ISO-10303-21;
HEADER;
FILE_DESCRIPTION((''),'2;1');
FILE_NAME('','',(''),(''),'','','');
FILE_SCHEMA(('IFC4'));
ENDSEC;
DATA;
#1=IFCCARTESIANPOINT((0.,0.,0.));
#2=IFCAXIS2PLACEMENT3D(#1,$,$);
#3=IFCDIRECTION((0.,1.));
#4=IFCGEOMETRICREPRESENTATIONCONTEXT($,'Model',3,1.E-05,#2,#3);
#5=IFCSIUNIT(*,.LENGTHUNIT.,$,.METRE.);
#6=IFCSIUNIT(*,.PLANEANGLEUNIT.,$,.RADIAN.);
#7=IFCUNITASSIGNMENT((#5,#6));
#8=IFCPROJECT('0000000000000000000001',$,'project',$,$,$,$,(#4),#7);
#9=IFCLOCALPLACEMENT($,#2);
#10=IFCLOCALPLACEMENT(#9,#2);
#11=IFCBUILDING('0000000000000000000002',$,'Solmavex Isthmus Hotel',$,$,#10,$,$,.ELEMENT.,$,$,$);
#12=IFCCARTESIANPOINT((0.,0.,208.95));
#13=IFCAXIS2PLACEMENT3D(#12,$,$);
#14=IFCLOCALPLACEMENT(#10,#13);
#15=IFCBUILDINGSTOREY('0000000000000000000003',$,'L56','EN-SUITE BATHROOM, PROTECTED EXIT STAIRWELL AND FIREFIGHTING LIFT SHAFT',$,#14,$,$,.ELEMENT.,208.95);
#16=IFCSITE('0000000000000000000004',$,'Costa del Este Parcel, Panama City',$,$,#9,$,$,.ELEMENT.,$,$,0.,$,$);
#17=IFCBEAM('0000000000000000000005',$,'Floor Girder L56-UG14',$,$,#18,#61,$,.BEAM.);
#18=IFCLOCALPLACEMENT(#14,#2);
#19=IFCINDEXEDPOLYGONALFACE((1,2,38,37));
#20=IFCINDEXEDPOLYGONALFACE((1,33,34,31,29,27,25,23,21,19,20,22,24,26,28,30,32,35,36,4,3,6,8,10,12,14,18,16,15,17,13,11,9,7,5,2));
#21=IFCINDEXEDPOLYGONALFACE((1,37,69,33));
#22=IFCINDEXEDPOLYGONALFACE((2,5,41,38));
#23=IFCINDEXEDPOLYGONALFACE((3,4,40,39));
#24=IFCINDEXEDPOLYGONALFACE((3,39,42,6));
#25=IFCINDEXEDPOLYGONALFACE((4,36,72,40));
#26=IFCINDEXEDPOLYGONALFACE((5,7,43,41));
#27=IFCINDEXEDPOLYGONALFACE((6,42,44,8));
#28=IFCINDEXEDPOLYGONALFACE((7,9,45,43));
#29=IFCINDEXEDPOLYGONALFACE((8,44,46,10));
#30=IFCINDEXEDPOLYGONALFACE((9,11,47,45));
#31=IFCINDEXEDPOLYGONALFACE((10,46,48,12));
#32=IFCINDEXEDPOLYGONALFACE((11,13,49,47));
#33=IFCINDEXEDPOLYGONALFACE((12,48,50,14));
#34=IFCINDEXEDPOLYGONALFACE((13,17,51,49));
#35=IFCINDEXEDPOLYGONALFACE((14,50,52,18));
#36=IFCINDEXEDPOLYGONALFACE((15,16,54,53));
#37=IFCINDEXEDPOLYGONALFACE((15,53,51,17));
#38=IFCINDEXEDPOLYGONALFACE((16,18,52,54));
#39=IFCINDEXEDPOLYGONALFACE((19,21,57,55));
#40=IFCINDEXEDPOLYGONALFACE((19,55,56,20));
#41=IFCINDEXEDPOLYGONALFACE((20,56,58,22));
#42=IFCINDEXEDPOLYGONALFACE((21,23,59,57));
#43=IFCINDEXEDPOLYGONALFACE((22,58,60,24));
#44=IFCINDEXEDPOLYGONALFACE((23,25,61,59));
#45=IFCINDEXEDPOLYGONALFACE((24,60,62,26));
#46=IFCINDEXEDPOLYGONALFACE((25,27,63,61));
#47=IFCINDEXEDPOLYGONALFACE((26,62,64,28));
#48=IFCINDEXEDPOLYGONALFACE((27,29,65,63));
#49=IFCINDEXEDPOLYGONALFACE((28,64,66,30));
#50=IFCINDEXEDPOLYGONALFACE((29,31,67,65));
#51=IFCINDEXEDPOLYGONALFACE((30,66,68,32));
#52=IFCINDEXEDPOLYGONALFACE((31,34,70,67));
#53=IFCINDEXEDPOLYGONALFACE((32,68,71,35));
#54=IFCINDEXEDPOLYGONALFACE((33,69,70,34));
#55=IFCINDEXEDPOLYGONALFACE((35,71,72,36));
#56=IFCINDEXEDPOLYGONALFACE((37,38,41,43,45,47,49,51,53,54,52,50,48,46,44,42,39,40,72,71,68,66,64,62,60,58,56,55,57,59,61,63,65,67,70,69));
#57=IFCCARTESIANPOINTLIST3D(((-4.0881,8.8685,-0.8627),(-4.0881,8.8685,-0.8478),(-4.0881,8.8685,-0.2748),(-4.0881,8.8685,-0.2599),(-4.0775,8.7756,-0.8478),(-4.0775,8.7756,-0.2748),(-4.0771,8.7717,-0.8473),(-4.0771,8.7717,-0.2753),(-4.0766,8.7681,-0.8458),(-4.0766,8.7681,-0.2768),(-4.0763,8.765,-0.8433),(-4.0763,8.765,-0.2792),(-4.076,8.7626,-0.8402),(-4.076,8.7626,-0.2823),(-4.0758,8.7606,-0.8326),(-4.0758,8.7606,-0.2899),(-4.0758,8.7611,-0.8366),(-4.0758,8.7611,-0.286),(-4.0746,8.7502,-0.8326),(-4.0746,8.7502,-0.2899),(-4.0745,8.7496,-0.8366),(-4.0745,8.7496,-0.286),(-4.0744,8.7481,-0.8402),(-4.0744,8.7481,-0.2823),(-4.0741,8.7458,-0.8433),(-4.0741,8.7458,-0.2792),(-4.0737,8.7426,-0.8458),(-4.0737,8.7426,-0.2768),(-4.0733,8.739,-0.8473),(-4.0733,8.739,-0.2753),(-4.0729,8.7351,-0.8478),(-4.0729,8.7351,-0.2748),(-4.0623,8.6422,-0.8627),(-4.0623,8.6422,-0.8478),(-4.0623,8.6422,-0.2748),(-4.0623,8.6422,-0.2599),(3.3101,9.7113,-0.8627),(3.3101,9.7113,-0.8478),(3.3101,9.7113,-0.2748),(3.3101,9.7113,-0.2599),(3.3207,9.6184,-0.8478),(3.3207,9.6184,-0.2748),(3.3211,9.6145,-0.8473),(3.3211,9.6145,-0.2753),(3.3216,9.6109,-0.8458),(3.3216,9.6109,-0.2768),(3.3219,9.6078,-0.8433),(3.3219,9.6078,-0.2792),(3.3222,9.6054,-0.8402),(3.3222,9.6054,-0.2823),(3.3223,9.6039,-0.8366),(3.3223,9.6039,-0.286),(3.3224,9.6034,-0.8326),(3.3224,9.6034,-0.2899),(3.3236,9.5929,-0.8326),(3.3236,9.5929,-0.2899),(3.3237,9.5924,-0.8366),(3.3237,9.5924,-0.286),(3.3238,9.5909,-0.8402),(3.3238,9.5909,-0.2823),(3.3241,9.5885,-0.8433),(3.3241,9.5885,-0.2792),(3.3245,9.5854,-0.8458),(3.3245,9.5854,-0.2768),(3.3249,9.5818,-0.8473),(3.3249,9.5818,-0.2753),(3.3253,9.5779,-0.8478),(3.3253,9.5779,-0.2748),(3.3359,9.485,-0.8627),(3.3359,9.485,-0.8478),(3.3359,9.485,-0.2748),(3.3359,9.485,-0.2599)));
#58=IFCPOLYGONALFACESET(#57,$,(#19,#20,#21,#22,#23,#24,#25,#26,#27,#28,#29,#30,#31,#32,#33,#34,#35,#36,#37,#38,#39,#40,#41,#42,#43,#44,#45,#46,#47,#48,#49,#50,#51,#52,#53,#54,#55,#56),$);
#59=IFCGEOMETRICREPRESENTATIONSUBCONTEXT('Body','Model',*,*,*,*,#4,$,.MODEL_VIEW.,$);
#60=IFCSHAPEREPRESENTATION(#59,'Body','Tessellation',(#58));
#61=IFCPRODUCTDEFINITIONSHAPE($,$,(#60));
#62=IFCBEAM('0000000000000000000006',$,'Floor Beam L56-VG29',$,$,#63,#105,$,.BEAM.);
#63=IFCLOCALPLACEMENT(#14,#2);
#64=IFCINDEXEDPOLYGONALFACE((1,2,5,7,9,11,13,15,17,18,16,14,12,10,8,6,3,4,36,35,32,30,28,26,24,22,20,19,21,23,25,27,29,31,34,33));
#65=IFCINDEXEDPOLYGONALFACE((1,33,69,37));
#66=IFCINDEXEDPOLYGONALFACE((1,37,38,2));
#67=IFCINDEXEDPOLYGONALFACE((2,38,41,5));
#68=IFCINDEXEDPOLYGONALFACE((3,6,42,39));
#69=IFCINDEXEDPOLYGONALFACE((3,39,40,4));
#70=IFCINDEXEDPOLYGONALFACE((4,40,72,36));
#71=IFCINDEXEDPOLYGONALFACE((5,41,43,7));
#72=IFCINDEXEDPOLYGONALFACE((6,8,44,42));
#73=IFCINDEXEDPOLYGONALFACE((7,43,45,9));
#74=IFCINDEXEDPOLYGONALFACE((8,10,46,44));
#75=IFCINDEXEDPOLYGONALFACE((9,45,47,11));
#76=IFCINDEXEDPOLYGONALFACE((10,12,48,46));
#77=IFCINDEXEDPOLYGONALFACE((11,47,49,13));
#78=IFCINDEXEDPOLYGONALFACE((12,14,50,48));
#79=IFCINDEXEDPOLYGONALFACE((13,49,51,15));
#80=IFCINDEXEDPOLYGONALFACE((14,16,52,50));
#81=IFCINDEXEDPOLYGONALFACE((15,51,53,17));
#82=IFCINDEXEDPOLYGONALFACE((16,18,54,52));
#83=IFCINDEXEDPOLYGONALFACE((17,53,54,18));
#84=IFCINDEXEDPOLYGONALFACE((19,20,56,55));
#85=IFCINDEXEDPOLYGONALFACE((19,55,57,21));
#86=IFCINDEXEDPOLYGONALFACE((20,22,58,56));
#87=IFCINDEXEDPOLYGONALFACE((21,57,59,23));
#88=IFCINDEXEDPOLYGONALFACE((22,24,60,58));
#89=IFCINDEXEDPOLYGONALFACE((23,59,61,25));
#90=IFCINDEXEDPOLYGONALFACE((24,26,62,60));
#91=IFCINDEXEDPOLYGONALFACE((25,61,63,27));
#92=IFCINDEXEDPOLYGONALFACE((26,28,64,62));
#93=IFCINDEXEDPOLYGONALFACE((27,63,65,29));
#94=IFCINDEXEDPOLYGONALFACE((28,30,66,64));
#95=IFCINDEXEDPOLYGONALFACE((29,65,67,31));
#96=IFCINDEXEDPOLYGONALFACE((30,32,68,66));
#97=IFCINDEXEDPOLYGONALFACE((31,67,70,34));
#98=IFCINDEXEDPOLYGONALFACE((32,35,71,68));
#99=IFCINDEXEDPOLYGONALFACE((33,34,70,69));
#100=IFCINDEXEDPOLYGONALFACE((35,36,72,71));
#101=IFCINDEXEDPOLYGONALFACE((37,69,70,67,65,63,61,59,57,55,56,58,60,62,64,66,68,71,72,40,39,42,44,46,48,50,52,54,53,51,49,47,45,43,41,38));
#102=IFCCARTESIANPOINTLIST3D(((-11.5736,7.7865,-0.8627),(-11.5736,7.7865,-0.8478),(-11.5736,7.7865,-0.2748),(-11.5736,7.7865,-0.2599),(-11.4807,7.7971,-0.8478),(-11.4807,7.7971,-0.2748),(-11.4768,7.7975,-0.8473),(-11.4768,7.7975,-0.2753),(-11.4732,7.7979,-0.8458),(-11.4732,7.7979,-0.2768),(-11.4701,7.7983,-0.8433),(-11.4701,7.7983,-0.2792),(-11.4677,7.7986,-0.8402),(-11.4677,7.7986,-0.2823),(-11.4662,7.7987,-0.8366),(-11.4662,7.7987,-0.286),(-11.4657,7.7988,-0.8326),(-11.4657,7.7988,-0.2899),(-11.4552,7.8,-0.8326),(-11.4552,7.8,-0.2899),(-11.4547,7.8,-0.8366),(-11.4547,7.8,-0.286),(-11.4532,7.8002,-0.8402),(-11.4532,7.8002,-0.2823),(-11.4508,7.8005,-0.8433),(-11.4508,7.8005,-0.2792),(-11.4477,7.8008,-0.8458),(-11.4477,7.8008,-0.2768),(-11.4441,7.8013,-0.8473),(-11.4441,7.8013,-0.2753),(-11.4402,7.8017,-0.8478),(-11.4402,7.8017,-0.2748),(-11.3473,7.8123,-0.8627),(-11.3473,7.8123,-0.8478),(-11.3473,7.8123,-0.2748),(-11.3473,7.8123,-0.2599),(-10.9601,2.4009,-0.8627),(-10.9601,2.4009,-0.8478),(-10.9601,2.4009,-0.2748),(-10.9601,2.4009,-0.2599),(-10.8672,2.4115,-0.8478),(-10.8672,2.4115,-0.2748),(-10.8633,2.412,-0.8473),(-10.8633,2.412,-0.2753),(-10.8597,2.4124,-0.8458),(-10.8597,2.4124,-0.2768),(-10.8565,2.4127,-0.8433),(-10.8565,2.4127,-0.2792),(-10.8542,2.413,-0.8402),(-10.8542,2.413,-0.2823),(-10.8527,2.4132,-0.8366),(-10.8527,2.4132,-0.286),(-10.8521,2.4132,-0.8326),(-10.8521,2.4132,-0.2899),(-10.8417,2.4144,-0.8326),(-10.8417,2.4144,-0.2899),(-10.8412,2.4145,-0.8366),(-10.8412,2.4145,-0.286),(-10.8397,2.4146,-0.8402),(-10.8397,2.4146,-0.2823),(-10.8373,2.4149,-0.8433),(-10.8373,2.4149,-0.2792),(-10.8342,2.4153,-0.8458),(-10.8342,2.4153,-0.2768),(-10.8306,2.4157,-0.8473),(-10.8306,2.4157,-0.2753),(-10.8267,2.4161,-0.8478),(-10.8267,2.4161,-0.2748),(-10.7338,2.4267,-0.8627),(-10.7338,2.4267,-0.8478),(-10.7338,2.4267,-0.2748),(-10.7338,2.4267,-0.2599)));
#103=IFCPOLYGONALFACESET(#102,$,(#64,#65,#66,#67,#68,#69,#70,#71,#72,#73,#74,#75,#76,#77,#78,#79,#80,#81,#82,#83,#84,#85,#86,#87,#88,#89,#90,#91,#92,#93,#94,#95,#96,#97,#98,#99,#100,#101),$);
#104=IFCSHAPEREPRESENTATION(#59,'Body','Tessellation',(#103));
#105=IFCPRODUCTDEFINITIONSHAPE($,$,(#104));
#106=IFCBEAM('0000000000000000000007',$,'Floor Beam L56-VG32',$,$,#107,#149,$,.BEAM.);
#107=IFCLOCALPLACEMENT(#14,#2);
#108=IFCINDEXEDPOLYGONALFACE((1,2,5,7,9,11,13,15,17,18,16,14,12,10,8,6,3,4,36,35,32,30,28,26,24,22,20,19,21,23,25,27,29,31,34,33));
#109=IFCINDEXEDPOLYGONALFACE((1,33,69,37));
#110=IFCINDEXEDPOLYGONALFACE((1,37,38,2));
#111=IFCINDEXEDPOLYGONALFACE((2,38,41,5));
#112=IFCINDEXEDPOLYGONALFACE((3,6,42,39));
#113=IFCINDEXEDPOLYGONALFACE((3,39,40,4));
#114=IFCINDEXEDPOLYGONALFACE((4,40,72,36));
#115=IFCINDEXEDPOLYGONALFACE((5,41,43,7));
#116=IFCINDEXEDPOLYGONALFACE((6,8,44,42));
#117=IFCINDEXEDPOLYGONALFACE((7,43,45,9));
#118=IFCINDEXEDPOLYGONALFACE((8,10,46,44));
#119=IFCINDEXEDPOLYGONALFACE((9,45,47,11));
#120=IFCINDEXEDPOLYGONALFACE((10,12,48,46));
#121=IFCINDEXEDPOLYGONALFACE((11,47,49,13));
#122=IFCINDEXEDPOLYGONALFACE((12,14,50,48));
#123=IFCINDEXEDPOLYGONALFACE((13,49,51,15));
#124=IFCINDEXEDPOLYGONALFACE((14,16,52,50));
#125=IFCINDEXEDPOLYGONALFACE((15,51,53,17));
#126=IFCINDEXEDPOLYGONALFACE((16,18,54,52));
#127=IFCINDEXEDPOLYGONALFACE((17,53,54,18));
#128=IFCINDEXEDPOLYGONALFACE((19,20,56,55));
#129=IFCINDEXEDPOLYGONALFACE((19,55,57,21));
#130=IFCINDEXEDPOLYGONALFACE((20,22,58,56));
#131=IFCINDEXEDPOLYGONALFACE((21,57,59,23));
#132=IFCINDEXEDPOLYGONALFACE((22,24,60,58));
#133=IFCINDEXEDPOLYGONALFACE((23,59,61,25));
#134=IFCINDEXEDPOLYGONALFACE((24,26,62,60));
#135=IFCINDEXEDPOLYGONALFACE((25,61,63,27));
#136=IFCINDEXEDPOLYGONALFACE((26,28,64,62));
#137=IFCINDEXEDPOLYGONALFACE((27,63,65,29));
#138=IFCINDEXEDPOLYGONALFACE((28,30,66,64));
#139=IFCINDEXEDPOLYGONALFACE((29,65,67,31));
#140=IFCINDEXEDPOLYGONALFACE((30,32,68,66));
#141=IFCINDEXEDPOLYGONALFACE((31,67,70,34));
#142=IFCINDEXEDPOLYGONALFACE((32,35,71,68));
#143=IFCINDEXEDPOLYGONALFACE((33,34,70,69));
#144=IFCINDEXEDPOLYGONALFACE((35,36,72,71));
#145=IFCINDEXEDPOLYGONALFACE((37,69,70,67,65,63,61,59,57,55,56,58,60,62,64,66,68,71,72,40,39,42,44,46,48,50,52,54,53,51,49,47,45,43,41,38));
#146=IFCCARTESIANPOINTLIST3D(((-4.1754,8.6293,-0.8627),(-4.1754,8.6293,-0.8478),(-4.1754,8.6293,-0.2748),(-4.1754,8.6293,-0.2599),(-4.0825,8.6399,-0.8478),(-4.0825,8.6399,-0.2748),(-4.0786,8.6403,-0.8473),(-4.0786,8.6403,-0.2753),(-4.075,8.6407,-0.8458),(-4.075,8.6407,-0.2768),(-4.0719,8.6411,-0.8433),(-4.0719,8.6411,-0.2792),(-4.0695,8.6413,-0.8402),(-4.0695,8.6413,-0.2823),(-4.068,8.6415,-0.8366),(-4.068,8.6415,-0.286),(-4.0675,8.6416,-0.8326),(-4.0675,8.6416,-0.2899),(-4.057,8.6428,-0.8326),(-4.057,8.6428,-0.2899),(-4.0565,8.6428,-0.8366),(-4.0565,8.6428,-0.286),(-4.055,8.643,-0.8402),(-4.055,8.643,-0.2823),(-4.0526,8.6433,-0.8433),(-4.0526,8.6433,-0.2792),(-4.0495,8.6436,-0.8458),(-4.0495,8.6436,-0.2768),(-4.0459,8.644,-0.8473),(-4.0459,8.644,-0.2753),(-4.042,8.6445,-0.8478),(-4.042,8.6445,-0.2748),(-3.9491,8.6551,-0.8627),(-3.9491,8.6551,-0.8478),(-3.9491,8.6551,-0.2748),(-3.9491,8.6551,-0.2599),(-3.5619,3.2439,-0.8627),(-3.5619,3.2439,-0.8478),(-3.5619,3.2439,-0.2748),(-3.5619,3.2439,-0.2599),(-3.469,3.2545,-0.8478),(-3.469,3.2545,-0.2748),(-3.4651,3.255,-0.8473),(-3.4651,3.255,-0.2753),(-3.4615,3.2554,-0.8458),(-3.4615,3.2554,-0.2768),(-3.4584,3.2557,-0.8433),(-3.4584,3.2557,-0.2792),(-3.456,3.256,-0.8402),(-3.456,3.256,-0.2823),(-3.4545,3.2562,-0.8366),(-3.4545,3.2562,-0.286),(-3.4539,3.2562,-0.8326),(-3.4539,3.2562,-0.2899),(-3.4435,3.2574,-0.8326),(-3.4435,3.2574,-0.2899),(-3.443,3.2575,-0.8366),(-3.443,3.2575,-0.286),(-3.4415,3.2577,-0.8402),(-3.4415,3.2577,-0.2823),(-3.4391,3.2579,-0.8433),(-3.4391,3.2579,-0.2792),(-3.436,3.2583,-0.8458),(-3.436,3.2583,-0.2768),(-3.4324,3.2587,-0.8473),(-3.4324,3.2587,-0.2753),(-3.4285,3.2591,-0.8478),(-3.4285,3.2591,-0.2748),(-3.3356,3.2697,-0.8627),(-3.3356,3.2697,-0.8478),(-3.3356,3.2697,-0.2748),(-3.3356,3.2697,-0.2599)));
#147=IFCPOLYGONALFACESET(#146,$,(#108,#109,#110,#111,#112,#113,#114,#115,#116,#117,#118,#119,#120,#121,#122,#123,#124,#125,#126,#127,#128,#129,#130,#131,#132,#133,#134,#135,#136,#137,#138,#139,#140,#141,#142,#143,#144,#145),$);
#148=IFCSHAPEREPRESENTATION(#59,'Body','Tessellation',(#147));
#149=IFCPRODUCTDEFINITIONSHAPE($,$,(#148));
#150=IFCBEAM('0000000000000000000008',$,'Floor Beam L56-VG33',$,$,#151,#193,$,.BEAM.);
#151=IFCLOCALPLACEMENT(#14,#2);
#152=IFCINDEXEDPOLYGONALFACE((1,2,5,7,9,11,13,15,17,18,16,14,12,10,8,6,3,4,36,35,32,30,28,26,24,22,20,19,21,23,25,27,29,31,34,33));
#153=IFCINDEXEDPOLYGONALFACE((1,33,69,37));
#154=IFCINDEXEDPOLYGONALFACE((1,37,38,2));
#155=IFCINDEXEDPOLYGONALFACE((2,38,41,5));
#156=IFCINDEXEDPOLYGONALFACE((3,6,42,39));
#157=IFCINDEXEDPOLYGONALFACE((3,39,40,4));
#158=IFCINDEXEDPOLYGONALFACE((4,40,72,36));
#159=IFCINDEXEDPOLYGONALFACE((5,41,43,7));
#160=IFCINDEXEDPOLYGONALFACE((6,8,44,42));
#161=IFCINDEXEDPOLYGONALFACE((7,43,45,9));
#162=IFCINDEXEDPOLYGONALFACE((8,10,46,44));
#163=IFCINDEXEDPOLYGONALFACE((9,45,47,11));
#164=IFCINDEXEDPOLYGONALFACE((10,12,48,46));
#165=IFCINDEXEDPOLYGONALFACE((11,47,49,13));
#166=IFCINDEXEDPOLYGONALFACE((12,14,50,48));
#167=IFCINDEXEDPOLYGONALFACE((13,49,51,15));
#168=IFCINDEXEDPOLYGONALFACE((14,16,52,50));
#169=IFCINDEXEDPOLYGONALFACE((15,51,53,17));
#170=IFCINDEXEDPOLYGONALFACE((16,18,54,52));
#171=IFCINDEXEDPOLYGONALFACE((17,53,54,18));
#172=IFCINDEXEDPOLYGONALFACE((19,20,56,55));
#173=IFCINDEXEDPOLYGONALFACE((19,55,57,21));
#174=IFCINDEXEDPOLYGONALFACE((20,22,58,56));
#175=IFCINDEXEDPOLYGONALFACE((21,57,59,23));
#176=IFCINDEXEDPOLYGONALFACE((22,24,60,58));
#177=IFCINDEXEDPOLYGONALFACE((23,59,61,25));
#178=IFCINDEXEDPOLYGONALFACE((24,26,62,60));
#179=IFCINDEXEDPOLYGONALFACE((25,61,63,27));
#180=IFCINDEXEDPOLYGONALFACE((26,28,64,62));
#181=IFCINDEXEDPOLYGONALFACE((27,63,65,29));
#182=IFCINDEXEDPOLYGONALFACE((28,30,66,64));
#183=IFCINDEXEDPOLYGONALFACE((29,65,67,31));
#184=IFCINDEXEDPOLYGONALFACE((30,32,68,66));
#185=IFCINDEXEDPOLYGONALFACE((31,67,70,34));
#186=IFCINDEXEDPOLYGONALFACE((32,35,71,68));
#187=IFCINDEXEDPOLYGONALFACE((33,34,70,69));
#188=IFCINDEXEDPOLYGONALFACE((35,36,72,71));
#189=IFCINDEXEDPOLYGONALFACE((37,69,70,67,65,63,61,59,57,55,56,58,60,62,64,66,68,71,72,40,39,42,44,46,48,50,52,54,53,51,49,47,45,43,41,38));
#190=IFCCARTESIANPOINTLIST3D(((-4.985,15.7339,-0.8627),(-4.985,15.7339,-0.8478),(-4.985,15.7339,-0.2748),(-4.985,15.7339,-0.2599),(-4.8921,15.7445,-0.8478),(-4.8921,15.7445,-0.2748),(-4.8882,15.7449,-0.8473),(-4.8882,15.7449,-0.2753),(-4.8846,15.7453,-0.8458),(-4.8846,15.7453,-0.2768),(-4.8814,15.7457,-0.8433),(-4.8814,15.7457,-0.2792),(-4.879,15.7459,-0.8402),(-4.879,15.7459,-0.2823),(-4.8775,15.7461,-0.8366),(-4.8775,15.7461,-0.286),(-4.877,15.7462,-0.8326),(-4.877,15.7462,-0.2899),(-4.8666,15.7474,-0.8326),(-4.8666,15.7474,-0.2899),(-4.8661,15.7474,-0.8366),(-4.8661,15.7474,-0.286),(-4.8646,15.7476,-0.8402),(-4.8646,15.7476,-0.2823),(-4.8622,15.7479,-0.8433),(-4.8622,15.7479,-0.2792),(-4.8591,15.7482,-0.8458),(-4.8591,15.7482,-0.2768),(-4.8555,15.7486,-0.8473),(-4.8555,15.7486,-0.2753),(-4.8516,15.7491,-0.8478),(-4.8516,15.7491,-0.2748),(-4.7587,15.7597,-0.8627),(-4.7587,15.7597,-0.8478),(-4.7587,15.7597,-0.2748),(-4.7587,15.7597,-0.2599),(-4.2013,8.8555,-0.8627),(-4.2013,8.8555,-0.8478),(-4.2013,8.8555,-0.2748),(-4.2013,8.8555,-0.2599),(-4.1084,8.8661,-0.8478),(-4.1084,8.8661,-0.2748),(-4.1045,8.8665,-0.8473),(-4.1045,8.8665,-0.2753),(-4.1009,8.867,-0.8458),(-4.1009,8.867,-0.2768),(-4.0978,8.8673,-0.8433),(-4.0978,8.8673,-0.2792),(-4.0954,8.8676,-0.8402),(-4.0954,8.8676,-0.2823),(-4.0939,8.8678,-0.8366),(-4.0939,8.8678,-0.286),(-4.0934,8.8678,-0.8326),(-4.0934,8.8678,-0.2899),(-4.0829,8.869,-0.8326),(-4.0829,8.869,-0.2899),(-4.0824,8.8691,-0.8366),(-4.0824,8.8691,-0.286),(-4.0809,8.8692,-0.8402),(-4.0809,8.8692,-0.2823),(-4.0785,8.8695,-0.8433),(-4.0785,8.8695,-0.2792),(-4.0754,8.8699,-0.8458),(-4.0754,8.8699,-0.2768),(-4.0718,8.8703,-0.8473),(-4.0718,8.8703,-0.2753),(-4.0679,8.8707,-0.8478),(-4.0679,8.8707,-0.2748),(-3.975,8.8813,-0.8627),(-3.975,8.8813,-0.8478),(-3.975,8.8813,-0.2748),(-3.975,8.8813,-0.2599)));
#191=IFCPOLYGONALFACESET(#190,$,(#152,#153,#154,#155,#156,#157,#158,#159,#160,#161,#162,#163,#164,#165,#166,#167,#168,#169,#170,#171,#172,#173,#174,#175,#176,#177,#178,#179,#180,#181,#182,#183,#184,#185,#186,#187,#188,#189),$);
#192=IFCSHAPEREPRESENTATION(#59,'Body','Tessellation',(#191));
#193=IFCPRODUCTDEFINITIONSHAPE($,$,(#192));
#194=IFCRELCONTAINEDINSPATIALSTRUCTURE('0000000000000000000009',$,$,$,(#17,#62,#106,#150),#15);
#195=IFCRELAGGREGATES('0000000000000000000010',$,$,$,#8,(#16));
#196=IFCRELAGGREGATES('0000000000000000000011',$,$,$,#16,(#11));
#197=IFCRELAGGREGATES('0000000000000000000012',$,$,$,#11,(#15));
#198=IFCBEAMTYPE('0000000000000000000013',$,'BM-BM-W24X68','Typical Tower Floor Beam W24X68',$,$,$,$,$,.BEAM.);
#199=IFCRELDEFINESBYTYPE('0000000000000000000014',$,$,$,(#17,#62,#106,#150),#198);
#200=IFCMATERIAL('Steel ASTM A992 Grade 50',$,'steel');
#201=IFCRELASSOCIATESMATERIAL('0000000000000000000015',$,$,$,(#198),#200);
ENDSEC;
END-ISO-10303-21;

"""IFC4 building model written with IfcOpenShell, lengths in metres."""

from ifc_helpers import new_model, si_unit, direction, frame, origin, origin_2d, place, context, subcontext, project, spatial, i_section, extrude, material, material_profile, profile_set, type_object, element, save


model = new_model("IFC4")

# Units and contexts
model_context = context("Model", 3, precision=1e-05, world=origin(), true_north=direction((0.0, 1.0)))
body_context = subcontext(model_context, "Body", "Model", "MODEL_VIEW")
ifc_project = project(units=[si_unit("LENGTHUNIT", "METRE"), si_unit("PLANEANGLEUNIT", "RADIAN")], contexts=[model_context])

# Site, building, storey
site_placement = place(None, origin())
site = spatial("IfcSite", under=ifc_project, at=site_placement, Name="Costa del Este Parcel, Panama City", CompositionType="ELEMENT", RefElevation=0.0)
building_placement = place(site_placement, origin())
building = spatial("IfcBuilding", under=site, at=building_placement, Name="Solmavex Isthmus Hotel", CompositionType="ELEMENT")
storey_placement = place(building_placement, frame((0.0, 0.0, 208.95)))
storey = spatial("IfcBuildingStorey", under=building, at=storey_placement, Name="L56", Description="EN-SUITE BATHROOM, PROTECTED EXIT STAIRWELL AND FIREFIGHTING LIFT SHAFT", CompositionType="ELEMENT", Elevation=208.95)

# Beams
ifc_material_1 = material(Name="Steel ASTM A992 Grade 50", Category="steel")
ifc_material_profile_1 = material_profile(ifc_material_1, i_section(OverallWidth=0.2278, OverallDepth=0.6028, WebThickness=0.0105, FlangeThickness=0.0149, FilletRadius=0.0151, at=origin_2d()), Name="W24X68")
ifc_profile_set_1 = profile_set([ifc_material_profile_1], Name="Steel ASTM A992 Grade 50")
beam_type_1 = type_object("IfcBeamType", Name="BM-BM-W24X68", Description="Typical Tower Floor Beam W24X68", PredefinedType="BEAM", material=ifc_profile_set_1)
beam_1_placement = place(storey_placement, frame((-4.0752, 8.7554, -0.5613), z_axis=(0.993574, 0.113184, 0.0), x_axis=(-0.113184, 0.993574, 0.0)))
element("IfcBeam", 1, at=beam_1_placement, inside=storey, type_object=beam_type_1, Name="Floor Girder L56-UG14", PredefinedType="BEAM", context=body_context, shape_type="SweptSolid", body=[
    extrude(i_section(OverallWidth=0.2278, OverallDepth=0.6028, WebThickness=0.0105, FlangeThickness=0.0149, FilletRadius=0.0151, at=origin_2d()), origin(), (0.0, 0.0, 1.0), 7.446),
])
beam_2_placement = place(storey_placement, frame((-10.8469, 2.4138, -0.5613), z_axis=(-0.11319, 0.993573, 0.0), x_axis=(-0.993573, -0.11319, 0.0)))
element("IfcBeam", 2, at=beam_2_placement, inside=storey, type_object=beam_type_1, Name="Floor Beam L56-VG29", PredefinedType="BEAM", context=body_context, shape_type="SweptSolid", body=[
    extrude(i_section(OverallWidth=0.2278, OverallDepth=0.6028, WebThickness=0.0105, FlangeThickness=0.0149, FilletRadius=0.0151, at=origin_2d()), origin(), (0.0, 0.0, 1.0), 5.4204),
])
beam_3_placement = place(storey_placement, frame((-3.4487, 3.2568, -0.5613), z_axis=(-0.113195, 0.993573, 0.0), x_axis=(-0.993573, -0.113195, 0.0)))
element("IfcBeam", 3, at=beam_3_placement, inside=storey, type_object=beam_type_1, Name="Floor Beam L56-VG32", PredefinedType="BEAM", context=body_context, shape_type="SweptSolid", body=[
    extrude(i_section(OverallWidth=0.2278, OverallDepth=0.6028, WebThickness=0.0105, FlangeThickness=0.0149, FilletRadius=0.0151, at=origin_2d()), origin(), (0.0, 0.0, 1.0), 5.4202),
])
beam_4_placement = place(storey_placement, frame((-4.0881, 8.8684, -0.5613), z_axis=(-0.113202, 0.993572, 0.0), x_axis=(-0.993572, -0.113202, 0.0)))
element("IfcBeam", 4, at=beam_4_placement, inside=storey, type_object=beam_type_1, Name="Floor Beam L56-VG33", PredefinedType="BEAM", context=body_context, shape_type="SweptSolid", body=[
    extrude(i_section(OverallWidth=0.2278, OverallDepth=0.6028, WebThickness=0.0105, FlangeThickness=0.0149, FilletRadius=0.0151, at=origin_2d()), origin(), (0.0, 0.0, 1.0), 6.9229),
])

save(model, "model.ifc")
